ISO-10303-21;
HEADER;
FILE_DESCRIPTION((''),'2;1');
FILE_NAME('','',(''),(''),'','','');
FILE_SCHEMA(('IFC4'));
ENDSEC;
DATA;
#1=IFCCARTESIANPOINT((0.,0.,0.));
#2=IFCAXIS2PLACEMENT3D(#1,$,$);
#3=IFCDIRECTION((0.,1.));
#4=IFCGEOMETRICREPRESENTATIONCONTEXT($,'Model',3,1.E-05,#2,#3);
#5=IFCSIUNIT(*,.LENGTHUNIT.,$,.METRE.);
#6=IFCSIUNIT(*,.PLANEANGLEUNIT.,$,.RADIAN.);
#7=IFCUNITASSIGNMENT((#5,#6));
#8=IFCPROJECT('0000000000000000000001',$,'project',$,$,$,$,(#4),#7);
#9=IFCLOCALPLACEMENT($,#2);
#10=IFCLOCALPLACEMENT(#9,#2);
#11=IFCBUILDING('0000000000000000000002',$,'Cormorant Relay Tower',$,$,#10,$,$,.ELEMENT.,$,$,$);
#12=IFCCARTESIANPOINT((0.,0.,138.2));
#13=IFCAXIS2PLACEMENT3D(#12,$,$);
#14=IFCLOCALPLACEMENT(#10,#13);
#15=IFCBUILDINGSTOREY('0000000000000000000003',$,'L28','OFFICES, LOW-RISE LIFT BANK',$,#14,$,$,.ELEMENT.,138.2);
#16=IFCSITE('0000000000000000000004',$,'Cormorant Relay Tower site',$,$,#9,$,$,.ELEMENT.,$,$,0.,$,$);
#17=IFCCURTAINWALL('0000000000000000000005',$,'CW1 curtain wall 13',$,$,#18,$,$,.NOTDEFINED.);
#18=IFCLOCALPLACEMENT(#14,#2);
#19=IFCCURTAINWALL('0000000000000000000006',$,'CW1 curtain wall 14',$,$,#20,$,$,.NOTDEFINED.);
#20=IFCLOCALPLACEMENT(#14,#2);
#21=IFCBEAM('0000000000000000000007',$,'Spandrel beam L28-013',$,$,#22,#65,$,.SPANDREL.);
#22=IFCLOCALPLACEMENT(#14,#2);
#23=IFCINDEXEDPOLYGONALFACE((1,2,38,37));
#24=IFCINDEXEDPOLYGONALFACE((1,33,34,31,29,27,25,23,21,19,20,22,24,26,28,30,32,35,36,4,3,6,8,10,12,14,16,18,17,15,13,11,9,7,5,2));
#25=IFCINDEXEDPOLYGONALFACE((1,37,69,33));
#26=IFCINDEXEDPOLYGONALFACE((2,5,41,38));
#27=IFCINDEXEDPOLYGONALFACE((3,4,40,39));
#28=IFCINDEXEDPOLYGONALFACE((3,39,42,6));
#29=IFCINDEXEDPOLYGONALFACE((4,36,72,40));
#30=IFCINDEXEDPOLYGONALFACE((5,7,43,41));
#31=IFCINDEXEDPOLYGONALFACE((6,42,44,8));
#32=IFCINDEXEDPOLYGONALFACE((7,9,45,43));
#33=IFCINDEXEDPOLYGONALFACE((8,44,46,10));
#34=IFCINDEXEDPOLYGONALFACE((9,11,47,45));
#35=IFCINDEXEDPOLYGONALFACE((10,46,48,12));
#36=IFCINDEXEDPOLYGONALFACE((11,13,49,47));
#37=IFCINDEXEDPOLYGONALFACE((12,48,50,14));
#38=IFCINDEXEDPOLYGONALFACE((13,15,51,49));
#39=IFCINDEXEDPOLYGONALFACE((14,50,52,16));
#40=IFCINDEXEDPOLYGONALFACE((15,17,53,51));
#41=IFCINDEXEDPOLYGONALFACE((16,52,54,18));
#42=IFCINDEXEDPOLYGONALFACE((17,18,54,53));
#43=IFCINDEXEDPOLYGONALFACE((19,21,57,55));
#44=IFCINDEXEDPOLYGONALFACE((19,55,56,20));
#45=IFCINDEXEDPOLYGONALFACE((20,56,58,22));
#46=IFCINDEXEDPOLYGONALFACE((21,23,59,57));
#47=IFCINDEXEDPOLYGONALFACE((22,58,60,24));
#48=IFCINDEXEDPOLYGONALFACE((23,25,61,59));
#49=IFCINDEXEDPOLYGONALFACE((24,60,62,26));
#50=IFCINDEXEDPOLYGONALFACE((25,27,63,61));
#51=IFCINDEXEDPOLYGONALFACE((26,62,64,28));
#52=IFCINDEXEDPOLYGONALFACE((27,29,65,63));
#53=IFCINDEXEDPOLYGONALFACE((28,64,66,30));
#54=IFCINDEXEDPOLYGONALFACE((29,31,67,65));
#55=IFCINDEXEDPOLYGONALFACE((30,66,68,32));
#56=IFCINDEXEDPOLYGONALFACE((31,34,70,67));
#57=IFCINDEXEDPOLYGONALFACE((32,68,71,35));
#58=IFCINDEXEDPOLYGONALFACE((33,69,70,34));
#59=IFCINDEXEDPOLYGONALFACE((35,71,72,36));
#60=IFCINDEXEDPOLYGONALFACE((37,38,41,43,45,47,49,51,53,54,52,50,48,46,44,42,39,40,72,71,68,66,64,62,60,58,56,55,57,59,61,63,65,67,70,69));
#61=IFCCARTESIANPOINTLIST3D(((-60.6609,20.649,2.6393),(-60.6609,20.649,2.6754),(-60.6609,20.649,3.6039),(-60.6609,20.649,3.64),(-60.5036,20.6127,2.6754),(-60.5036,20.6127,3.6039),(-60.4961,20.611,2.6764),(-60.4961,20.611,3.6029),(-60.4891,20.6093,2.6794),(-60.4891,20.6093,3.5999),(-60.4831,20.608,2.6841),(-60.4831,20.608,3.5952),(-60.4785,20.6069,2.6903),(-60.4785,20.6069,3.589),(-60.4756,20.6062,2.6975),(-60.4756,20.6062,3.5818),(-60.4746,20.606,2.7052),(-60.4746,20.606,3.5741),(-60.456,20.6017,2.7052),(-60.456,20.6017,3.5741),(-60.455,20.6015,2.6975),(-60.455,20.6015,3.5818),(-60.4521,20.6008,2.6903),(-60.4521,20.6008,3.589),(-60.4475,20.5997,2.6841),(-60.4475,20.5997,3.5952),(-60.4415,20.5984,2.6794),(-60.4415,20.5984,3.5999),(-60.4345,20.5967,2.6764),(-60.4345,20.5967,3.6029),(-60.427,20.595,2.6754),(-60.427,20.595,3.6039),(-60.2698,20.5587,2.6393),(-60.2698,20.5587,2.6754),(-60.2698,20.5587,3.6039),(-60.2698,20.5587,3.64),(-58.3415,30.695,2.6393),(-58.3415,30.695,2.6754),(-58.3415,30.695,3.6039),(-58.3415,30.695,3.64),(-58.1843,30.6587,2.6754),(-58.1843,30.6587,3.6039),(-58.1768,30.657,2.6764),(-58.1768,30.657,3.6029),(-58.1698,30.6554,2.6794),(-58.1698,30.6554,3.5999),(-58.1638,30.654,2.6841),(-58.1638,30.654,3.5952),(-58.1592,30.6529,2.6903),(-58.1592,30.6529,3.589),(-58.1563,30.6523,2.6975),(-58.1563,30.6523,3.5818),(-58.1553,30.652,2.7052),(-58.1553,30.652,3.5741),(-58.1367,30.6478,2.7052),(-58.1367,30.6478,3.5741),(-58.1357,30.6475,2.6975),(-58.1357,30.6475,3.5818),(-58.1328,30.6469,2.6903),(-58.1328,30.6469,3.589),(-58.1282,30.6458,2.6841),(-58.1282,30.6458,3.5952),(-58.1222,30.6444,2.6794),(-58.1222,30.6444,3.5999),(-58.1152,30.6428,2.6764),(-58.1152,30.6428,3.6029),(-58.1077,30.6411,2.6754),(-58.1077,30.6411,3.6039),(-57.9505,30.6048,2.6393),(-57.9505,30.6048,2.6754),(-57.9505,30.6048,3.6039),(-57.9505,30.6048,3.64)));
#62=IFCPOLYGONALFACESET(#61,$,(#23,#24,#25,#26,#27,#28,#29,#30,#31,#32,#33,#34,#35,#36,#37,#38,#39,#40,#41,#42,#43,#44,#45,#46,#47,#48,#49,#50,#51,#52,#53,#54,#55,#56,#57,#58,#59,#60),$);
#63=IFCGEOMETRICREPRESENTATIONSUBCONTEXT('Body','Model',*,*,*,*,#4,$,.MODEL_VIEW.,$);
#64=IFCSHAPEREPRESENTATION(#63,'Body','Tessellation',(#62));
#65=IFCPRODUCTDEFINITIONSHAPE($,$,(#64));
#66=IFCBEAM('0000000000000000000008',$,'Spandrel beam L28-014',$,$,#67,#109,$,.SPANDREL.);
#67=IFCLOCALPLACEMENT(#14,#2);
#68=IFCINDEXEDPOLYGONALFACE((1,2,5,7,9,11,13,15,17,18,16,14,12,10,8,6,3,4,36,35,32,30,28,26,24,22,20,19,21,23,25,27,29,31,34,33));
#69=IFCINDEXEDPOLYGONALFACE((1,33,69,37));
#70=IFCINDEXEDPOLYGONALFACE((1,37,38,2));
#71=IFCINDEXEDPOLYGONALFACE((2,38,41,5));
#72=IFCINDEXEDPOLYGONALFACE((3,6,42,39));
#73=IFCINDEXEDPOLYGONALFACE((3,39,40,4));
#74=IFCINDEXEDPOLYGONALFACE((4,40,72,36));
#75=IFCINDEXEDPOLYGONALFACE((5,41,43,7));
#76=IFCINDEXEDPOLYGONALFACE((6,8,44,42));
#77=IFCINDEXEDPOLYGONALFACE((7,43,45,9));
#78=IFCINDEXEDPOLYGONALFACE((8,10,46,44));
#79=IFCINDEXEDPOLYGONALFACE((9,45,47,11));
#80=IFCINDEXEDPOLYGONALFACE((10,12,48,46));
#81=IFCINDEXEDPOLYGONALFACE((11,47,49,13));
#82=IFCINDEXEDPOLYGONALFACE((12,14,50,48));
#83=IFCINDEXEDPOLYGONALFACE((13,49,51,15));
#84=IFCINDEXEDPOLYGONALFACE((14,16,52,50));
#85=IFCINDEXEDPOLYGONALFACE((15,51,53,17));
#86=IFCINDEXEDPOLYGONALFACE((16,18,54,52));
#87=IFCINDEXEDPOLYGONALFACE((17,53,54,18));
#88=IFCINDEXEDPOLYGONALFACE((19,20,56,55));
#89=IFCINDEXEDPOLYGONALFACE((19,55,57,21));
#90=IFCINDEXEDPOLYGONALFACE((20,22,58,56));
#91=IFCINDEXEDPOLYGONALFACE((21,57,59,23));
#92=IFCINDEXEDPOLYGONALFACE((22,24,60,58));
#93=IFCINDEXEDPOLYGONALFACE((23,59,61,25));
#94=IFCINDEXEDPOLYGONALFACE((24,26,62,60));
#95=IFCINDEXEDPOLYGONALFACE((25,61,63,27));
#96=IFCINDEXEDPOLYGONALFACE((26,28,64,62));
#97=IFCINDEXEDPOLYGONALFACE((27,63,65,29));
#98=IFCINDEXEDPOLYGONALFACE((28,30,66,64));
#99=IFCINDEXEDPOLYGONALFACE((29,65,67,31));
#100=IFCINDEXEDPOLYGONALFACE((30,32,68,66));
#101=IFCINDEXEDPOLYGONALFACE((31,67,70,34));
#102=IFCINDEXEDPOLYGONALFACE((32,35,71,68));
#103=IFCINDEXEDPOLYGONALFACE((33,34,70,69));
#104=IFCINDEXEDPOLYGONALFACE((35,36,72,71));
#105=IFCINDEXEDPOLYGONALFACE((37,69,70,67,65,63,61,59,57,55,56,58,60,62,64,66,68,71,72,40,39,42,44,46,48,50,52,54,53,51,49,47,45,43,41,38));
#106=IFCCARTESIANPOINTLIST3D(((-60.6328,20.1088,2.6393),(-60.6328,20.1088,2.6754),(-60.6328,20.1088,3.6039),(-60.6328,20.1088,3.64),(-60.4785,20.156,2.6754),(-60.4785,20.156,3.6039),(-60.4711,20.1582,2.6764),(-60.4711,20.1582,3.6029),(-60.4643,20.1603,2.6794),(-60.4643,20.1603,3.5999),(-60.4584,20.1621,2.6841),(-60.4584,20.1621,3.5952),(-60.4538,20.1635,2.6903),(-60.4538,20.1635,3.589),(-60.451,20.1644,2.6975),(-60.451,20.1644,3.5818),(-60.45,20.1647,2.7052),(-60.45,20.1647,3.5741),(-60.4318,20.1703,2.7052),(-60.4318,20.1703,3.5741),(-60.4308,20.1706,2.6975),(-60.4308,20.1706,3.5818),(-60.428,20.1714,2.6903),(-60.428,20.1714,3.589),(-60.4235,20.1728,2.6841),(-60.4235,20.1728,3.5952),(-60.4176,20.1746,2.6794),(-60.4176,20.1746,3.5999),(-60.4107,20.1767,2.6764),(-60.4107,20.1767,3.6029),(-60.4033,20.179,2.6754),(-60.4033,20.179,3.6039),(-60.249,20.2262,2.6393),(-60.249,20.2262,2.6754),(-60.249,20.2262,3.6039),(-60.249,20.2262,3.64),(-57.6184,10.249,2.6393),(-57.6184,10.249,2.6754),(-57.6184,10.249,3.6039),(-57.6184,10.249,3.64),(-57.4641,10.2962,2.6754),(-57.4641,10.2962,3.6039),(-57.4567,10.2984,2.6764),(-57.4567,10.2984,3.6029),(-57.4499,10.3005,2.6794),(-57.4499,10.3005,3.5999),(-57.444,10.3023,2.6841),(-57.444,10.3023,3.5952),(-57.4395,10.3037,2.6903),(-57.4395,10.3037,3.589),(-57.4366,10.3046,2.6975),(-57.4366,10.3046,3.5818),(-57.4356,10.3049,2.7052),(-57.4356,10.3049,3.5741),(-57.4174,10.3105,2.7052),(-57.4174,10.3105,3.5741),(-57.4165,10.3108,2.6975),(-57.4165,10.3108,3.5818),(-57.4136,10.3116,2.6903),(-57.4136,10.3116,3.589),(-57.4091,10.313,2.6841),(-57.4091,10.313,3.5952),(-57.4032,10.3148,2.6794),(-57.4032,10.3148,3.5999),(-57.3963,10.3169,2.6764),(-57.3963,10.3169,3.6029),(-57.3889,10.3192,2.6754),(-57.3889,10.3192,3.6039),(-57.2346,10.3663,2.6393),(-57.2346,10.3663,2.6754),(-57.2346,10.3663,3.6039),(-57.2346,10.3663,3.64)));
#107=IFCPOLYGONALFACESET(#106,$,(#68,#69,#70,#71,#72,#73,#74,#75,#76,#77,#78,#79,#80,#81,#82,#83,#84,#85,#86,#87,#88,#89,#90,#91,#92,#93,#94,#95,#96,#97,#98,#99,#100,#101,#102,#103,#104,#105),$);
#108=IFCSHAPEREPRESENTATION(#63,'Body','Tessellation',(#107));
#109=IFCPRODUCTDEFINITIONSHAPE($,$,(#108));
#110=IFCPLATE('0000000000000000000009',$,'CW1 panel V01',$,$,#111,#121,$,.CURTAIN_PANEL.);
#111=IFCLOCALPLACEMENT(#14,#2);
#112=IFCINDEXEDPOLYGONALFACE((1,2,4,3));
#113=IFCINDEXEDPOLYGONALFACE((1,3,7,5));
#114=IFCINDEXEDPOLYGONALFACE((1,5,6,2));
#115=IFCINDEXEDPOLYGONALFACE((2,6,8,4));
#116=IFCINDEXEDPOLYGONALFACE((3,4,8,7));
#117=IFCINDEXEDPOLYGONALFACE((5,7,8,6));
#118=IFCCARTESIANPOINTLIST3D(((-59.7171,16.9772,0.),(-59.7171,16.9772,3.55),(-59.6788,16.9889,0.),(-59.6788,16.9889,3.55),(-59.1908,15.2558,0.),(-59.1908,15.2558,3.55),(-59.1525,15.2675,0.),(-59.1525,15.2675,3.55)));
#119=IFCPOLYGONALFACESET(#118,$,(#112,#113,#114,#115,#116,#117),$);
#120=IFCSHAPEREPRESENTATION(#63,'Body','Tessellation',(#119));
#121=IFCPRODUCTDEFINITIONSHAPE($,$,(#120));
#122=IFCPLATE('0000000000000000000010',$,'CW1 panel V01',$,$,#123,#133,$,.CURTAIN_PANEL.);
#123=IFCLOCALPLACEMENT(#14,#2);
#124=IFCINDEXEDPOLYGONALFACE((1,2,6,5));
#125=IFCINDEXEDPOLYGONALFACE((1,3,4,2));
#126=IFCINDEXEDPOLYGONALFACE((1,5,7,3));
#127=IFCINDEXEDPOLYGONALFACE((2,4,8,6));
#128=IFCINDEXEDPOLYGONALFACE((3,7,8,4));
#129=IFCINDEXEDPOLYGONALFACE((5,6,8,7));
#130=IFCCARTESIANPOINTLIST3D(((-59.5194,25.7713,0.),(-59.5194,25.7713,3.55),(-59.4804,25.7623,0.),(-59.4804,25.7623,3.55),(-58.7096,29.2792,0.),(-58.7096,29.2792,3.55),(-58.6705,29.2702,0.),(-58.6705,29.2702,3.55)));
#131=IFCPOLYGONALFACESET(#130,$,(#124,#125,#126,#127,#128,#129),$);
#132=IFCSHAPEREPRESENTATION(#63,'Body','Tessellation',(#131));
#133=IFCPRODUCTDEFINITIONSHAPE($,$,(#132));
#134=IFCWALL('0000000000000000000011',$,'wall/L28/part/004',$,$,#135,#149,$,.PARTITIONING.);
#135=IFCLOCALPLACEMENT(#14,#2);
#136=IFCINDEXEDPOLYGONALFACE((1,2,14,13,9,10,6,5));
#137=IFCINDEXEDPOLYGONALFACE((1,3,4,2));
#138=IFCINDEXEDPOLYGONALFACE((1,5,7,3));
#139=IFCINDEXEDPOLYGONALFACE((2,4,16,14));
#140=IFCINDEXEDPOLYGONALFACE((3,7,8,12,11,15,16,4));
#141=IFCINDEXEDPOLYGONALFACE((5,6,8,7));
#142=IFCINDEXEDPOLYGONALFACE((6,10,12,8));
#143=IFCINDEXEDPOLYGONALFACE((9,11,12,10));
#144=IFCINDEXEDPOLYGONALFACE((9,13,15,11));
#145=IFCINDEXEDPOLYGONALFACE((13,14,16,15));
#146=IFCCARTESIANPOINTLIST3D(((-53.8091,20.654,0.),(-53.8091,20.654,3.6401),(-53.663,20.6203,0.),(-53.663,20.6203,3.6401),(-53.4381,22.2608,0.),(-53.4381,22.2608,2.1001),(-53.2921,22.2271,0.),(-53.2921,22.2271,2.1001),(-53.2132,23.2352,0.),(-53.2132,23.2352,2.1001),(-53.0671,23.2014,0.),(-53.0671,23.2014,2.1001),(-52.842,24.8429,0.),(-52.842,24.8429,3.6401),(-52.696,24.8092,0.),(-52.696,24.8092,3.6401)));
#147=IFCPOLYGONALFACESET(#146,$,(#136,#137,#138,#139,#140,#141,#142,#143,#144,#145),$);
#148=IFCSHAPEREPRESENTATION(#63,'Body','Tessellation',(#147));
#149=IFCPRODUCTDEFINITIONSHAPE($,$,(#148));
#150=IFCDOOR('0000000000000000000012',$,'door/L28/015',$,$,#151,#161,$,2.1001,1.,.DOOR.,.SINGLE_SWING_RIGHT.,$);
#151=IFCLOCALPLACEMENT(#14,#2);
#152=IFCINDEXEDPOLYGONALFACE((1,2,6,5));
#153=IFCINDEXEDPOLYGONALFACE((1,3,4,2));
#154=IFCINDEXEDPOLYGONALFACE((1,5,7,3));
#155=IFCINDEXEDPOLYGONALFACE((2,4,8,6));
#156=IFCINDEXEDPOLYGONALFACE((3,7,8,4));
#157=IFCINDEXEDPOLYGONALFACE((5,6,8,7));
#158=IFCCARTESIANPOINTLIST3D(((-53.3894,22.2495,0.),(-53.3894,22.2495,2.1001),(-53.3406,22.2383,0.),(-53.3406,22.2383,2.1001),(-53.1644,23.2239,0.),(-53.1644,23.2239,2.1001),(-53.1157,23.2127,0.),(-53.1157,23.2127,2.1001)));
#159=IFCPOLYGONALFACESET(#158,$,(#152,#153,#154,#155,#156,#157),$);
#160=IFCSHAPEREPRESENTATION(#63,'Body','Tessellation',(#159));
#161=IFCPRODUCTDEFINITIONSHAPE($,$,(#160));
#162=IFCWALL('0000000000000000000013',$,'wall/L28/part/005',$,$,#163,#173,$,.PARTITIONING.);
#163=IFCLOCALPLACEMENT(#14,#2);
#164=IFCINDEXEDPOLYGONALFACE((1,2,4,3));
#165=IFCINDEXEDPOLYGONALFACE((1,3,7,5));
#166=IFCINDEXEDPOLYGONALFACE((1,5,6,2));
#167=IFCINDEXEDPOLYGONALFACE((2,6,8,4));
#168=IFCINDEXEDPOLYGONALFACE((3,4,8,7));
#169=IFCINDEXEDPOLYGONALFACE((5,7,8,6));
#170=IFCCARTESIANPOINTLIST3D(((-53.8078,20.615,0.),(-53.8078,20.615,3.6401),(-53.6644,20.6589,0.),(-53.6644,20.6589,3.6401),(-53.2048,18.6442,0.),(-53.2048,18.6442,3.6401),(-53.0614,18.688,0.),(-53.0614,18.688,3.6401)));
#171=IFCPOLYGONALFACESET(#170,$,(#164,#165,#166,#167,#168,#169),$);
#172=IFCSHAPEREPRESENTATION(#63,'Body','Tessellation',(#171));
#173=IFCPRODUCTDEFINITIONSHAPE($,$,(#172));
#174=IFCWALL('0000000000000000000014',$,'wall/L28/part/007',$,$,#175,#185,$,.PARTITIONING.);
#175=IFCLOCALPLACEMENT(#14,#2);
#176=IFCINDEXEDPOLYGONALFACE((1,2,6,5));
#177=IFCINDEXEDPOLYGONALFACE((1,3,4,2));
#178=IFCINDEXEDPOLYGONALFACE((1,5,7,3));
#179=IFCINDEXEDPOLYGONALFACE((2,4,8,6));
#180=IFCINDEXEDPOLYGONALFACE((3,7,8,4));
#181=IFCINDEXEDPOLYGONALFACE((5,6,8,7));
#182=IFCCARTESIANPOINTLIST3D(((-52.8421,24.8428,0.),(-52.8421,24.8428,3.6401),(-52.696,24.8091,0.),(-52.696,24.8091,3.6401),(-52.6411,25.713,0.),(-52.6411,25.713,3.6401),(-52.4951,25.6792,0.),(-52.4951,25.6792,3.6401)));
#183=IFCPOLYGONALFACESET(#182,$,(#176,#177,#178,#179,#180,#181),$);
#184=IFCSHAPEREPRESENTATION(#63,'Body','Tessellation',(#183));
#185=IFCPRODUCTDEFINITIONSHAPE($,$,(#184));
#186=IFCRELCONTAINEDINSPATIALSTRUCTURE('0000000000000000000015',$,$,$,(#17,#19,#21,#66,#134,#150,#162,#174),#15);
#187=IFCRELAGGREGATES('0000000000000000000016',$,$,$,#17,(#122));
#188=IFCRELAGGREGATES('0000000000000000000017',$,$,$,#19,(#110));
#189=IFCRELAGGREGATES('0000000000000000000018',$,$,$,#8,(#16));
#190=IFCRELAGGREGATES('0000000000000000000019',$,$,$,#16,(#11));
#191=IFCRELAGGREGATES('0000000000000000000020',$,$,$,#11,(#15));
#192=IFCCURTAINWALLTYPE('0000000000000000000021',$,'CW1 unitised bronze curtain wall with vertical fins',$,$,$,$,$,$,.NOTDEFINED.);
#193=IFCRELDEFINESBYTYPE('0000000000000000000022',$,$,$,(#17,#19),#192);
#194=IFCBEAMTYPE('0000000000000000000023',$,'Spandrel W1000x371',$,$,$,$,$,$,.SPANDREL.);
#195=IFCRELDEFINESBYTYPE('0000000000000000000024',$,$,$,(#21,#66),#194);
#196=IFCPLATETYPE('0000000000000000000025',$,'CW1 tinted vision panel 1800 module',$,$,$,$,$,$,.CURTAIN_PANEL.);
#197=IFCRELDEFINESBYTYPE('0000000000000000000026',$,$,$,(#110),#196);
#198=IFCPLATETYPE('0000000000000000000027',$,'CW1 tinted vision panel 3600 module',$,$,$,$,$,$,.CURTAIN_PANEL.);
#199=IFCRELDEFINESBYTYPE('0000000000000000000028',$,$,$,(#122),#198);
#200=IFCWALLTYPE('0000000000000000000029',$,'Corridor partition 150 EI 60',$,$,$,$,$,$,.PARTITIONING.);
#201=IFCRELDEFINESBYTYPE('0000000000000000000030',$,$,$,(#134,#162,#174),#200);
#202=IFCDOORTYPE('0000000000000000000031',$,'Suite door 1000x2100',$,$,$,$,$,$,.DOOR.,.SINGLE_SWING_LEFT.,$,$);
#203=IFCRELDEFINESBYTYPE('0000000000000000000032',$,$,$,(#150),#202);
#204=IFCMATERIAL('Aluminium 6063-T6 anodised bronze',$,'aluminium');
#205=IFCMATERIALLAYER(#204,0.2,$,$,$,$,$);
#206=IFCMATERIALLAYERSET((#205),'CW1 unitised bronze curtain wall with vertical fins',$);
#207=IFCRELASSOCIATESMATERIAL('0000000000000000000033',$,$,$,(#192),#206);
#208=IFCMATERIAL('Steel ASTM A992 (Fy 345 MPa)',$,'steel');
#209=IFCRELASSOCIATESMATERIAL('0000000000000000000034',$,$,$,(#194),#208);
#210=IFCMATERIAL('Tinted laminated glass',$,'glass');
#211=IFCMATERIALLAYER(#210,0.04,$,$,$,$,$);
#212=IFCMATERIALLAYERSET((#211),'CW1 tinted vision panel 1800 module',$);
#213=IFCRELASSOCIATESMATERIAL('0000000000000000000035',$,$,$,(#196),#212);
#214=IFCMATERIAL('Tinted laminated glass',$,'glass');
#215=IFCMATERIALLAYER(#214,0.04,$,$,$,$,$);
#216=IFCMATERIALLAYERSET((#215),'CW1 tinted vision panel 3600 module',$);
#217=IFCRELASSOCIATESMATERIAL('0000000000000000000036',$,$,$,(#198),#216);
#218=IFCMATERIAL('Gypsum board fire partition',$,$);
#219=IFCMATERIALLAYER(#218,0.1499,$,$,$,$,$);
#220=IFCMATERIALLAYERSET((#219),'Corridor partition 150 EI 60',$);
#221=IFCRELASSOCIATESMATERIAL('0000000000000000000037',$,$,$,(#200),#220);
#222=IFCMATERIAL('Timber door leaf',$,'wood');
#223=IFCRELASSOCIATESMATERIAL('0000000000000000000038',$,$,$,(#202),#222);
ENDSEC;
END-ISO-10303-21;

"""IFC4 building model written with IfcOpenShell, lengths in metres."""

from ifc_helpers import new_model, si_unit, direction, frame, frame_2d, origin, origin_2d, place, context, subcontext, project, spatial, rectangle, i_section, extrude, material, layer, layer_set, material_profile, profile_set, type_object, element, fill, aggregate, save


model = new_model("IFC4")

# Units and contexts
model_context = context("Model", 3, precision=1e-05, world=origin(), true_north=direction((0.0, 1.0)))
body_context = subcontext(model_context, "Body", "Model", "MODEL_VIEW")
ifc_project = project(units=[si_unit("LENGTHUNIT", "METRE"), si_unit("PLANEANGLEUNIT", "RADIAN")], contexts=[model_context])

# Site, building, storey
site_placement = place(None, origin())
site = spatial("IfcSite", under=ifc_project, at=site_placement, Name="Cormorant Relay Tower site", CompositionType="ELEMENT", RefElevation=0.0)
building_placement = place(site_placement, origin())
building = spatial("IfcBuilding", under=site, at=building_placement, Name="Cormorant Relay Tower", CompositionType="ELEMENT")
storey_placement = place(building_placement, frame((0.0, 0.0, 138.2)))
storey = spatial("IfcBuildingStorey", under=building, at=storey_placement, Name="L28", Description="OFFICES, LOW-RISE LIFT BANK", CompositionType="ELEMENT", Elevation=138.2)

# Curtain wall
ifc_material_1 = material(Name="Aluminium 6063-T6 anodised bronze", Category="aluminium")
ifc_layer_1 = layer(ifc_material_1, 0.2)
ifc_layer_set_1 = layer_set([ifc_layer_1], Name="CW1 unitised bronze curtain wall with vertical fins")
curtain_wall_type = type_object("IfcCurtainWallType", Name="CW1 unitised bronze curtain wall with vertical fins", PredefinedType="NOTDEFINED", material=ifc_layer_set_1)
curtain_wall_1_placement = place(storey_placement, origin())
curtain_wall_1 = element("IfcCurtainWall", 1, at=curtain_wall_1_placement, inside=storey, type_object=curtain_wall_type, Name="CW1 curtain wall 13", PredefinedType="NOTDEFINED")

# Curtain wall
curtain_wall_2_placement = place(storey_placement, origin())
curtain_wall_2 = element("IfcCurtainWall", 2, at=curtain_wall_2_placement, inside=storey, type_object=curtain_wall_type, Name="CW1 curtain wall 14", PredefinedType="NOTDEFINED")

# Beams
ifc_material_2 = material(Name="Steel ASTM A992 (Fy 345 MPa)", Category="steel")
ifc_material_profile_1 = material_profile(ifc_material_2, i_section(OverallWidth=0.4014, OverallDepth=1.0007, WebThickness=0.019, FlangeThickness=0.0361, FilletRadius=0.0298, at=origin_2d()), Name="W1000x371")
ifc_profile_set_1 = profile_set([ifc_material_profile_1], Name="Steel ASTM A992 (Fy 345 MPa)")
beam_type = type_object("IfcBeamType", Name="Spandrel W1000x371", PredefinedType="SPANDREL", material=ifc_profile_set_1)
for number, where, z_axis, x_axis, name in (
    (3, (-58.146, 30.6499, 3.1396), (-0.224951, -0.97437, 0.0), (0.97437, -0.224951, 0.0), "Spandrel beam L28-013"),
    (4, (-60.4409, 20.1675, 3.1396), (0.292367, -0.956306, 0.0), (0.956306, 0.292367, 0.0), "Spandrel beam L28-014"),
):
    element("IfcBeam", number, at=place(storey_placement, frame(where, z_axis=z_axis, x_axis=x_axis)), inside=storey, type_object=beam_type, Name=name, PredefinedType="SPANDREL", context=body_context, shape_type="SweptSolid", body=[
        extrude(i_section(OverallWidth=0.4014, OverallDepth=1.0007, WebThickness=0.019, FlangeThickness=0.0361, FilletRadius=0.0298, at=origin_2d()), origin(), (0.0, 0.0, 1.0), 10.3103),
    ])

# Plates
ifc_material_3 = material(Name="Tinted laminated glass", Category="glass")
ifc_layer_2 = layer(ifc_material_3, 0.04)
ifc_layer_set_2 = layer_set([ifc_layer_2], Name="CW1 tinted vision panel 1800 module")
plate_type_1 = type_object("IfcPlateType", Name="CW1 tinted vision panel 1800 module", PredefinedType="CURTAIN_PANEL", material=ifc_layer_set_2)
plate_1_placement = place(storey_placement, frame((-59.4348, 16.1223, 0.0), z_axis=(0.0, 0.0, 1.0), x_axis=(0.292372, -0.956305, 0.0)))
plate_1 = element("IfcPlate", 5, at=plate_1_placement, type_object=plate_type_1, Name="CW1 panel V01", PredefinedType="CURTAIN_PANEL", context=body_context, shape_type="SweptSolid", body=[
    extrude(rectangle(XDim=1.8, YDim=0.04, at=origin_2d()), origin(), (0.0, 0.0, 1.0), 3.55),
])
ifc_material_4 = material(Name="Tinted laminated glass", Category="glass")
ifc_layer_3 = layer(ifc_material_4, 0.04)
ifc_layer_set_3 = layer_set([ifc_layer_3], Name="CW1 tinted vision panel 3600 module")
plate_type_2 = type_object("IfcPlateType", Name="CW1 tinted vision panel 3600 module", PredefinedType="CURTAIN_PANEL", material=ifc_layer_set_3)
plate_2_placement = place(storey_placement, frame((-59.095, 27.5208, 0.0), z_axis=(0.0, 0.0, 1.0), x_axis=(-0.224951, -0.97437, 0.0)))
plate_2 = element("IfcPlate", 6, at=plate_2_placement, type_object=plate_type_2, Name="CW1 panel V01", PredefinedType="CURTAIN_PANEL", context=body_context, shape_type="SweptSolid", body=[
    extrude(rectangle(XDim=3.6001, YDim=0.04, at=origin_2d()), origin(), (0.0, 0.0, 1.0), 3.55),
])

# Wall, opening, door
ifc_material_5 = material(Name="Gypsum board fire partition")
ifc_layer_4 = layer(ifc_material_5, 0.1499)
ifc_layer_set_4 = layer_set([ifc_layer_4], Name="Corridor partition 150 EI 60")
wall_type_1 = type_object("IfcWallType", Name="Corridor partition 150 EI 60", PredefinedType="PARTITIONING", material=ifc_layer_set_4)
wall_1_placement = place(storey_placement, frame((-52.769, 24.8259, 0.0), z_axis=(0.0, 0.0, 1.0), x_axis=(-0.224938, -0.974373, 0.0)))
wall_1 = element("IfcWall", 7, at=wall_1_placement, inside=storey, type_object=wall_type_1, Name="wall/L28/part/004", PredefinedType="PARTITIONING", context=body_context, shape_type="SweptSolid", body=[
    extrude(rectangle(XDim=4.2991, YDim=0.1499, at=frame_2d((2.1494, 0.0))), origin(), (0.0, 0.0, 1.0), 3.6401),
])
opening_1_placement = place(wall_1_placement, frame((1.6499, 0.0, 0.0)))
opening_1 = element("IfcOpeningElement", 8, at=opening_1_placement, cuts=wall_1, PredefinedType="OPENING", context=body_context, shape_type="SweptSolid", body=[
    extrude(rectangle(XDim=1.0, YDim=2.1001, at=frame_2d((0.5, 1.05))), frame((0.0, 0.085, 0.0), z_axis=(0.0, -1.0, 0.0), x_axis=(1.0, 0.0, 0.0)), (0.0, 0.0, 1.0), 0.1699),
])
ifc_material_6 = material(Name="Timber door leaf", Category="wood")
door_type_1 = type_object("IfcDoorType", Name="Suite door 1000x2100", OperationType="SINGLE_SWING_LEFT", PredefinedType="DOOR", material=ifc_material_6)
door_1_placement = place(opening_1_placement, frame((1.0, 0.0, 0.0), z_axis=(0.0, 0.0, 1.0), x_axis=(-1.0, 0.0, 0.0)))
door_1 = element("IfcDoor", 9, at=door_1_placement, inside=storey, type_object=door_type_1, Name="door/L28/015", OperationType="SINGLE_SWING_RIGHT", OverallHeight=2.1001, OverallWidth=1.0, PredefinedType="DOOR", context=body_context, shape_type="SweptSolid", body=[
    extrude(rectangle(XDim=1.0, YDim=2.1001, at=frame_2d((0.5, 1.05))), frame((0.0, 0.0249, 0.0), z_axis=(0.0, -1.0, 0.0), x_axis=(1.0, 0.0, 0.0)), (0.0, 0.0, 1.0), 0.05),
])
fill(opening_1, door_1)

# Walls
wall_2_placement = place(storey_placement, frame((-53.7361, 20.637, 0.0), z_axis=(0.0, 0.0, 1.0), x_axis=(0.292571, -0.956244, 0.0)))
element("IfcWall", 10, at=wall_2_placement, inside=storey, type_object=wall_type_1, Name="wall/L28/part/005", PredefinedType="PARTITIONING", context=body_context, shape_type="SweptSolid", body=[
    extrude(rectangle(XDim=2.061, YDim=0.1499, at=frame_2d((1.0305, 0.0))), origin(), (0.0, 0.0, 1.0), 3.6401),
])
wall_3_placement = place(storey_placement, frame((-52.769, 24.8259, 0.0), z_axis=(0.0, 0.0, 1.0), x_axis=(0.224999, 0.974359, 0.0)))
element("IfcWall", 11, at=wall_3_placement, inside=storey, type_object=wall_type_1, Name="wall/L28/part/007", PredefinedType="PARTITIONING", context=body_context, shape_type="SweptSolid", body=[
    extrude(rectangle(XDim=0.8931, YDim=0.1499, at=frame_2d((0.4465, 0.0))), origin(), (0.0, 0.0, 1.0), 3.6401),
])

aggregate(curtain_wall_1, [plate_2])
aggregate(curtain_wall_2, [plate_1])

save(model, "model.ifc")
